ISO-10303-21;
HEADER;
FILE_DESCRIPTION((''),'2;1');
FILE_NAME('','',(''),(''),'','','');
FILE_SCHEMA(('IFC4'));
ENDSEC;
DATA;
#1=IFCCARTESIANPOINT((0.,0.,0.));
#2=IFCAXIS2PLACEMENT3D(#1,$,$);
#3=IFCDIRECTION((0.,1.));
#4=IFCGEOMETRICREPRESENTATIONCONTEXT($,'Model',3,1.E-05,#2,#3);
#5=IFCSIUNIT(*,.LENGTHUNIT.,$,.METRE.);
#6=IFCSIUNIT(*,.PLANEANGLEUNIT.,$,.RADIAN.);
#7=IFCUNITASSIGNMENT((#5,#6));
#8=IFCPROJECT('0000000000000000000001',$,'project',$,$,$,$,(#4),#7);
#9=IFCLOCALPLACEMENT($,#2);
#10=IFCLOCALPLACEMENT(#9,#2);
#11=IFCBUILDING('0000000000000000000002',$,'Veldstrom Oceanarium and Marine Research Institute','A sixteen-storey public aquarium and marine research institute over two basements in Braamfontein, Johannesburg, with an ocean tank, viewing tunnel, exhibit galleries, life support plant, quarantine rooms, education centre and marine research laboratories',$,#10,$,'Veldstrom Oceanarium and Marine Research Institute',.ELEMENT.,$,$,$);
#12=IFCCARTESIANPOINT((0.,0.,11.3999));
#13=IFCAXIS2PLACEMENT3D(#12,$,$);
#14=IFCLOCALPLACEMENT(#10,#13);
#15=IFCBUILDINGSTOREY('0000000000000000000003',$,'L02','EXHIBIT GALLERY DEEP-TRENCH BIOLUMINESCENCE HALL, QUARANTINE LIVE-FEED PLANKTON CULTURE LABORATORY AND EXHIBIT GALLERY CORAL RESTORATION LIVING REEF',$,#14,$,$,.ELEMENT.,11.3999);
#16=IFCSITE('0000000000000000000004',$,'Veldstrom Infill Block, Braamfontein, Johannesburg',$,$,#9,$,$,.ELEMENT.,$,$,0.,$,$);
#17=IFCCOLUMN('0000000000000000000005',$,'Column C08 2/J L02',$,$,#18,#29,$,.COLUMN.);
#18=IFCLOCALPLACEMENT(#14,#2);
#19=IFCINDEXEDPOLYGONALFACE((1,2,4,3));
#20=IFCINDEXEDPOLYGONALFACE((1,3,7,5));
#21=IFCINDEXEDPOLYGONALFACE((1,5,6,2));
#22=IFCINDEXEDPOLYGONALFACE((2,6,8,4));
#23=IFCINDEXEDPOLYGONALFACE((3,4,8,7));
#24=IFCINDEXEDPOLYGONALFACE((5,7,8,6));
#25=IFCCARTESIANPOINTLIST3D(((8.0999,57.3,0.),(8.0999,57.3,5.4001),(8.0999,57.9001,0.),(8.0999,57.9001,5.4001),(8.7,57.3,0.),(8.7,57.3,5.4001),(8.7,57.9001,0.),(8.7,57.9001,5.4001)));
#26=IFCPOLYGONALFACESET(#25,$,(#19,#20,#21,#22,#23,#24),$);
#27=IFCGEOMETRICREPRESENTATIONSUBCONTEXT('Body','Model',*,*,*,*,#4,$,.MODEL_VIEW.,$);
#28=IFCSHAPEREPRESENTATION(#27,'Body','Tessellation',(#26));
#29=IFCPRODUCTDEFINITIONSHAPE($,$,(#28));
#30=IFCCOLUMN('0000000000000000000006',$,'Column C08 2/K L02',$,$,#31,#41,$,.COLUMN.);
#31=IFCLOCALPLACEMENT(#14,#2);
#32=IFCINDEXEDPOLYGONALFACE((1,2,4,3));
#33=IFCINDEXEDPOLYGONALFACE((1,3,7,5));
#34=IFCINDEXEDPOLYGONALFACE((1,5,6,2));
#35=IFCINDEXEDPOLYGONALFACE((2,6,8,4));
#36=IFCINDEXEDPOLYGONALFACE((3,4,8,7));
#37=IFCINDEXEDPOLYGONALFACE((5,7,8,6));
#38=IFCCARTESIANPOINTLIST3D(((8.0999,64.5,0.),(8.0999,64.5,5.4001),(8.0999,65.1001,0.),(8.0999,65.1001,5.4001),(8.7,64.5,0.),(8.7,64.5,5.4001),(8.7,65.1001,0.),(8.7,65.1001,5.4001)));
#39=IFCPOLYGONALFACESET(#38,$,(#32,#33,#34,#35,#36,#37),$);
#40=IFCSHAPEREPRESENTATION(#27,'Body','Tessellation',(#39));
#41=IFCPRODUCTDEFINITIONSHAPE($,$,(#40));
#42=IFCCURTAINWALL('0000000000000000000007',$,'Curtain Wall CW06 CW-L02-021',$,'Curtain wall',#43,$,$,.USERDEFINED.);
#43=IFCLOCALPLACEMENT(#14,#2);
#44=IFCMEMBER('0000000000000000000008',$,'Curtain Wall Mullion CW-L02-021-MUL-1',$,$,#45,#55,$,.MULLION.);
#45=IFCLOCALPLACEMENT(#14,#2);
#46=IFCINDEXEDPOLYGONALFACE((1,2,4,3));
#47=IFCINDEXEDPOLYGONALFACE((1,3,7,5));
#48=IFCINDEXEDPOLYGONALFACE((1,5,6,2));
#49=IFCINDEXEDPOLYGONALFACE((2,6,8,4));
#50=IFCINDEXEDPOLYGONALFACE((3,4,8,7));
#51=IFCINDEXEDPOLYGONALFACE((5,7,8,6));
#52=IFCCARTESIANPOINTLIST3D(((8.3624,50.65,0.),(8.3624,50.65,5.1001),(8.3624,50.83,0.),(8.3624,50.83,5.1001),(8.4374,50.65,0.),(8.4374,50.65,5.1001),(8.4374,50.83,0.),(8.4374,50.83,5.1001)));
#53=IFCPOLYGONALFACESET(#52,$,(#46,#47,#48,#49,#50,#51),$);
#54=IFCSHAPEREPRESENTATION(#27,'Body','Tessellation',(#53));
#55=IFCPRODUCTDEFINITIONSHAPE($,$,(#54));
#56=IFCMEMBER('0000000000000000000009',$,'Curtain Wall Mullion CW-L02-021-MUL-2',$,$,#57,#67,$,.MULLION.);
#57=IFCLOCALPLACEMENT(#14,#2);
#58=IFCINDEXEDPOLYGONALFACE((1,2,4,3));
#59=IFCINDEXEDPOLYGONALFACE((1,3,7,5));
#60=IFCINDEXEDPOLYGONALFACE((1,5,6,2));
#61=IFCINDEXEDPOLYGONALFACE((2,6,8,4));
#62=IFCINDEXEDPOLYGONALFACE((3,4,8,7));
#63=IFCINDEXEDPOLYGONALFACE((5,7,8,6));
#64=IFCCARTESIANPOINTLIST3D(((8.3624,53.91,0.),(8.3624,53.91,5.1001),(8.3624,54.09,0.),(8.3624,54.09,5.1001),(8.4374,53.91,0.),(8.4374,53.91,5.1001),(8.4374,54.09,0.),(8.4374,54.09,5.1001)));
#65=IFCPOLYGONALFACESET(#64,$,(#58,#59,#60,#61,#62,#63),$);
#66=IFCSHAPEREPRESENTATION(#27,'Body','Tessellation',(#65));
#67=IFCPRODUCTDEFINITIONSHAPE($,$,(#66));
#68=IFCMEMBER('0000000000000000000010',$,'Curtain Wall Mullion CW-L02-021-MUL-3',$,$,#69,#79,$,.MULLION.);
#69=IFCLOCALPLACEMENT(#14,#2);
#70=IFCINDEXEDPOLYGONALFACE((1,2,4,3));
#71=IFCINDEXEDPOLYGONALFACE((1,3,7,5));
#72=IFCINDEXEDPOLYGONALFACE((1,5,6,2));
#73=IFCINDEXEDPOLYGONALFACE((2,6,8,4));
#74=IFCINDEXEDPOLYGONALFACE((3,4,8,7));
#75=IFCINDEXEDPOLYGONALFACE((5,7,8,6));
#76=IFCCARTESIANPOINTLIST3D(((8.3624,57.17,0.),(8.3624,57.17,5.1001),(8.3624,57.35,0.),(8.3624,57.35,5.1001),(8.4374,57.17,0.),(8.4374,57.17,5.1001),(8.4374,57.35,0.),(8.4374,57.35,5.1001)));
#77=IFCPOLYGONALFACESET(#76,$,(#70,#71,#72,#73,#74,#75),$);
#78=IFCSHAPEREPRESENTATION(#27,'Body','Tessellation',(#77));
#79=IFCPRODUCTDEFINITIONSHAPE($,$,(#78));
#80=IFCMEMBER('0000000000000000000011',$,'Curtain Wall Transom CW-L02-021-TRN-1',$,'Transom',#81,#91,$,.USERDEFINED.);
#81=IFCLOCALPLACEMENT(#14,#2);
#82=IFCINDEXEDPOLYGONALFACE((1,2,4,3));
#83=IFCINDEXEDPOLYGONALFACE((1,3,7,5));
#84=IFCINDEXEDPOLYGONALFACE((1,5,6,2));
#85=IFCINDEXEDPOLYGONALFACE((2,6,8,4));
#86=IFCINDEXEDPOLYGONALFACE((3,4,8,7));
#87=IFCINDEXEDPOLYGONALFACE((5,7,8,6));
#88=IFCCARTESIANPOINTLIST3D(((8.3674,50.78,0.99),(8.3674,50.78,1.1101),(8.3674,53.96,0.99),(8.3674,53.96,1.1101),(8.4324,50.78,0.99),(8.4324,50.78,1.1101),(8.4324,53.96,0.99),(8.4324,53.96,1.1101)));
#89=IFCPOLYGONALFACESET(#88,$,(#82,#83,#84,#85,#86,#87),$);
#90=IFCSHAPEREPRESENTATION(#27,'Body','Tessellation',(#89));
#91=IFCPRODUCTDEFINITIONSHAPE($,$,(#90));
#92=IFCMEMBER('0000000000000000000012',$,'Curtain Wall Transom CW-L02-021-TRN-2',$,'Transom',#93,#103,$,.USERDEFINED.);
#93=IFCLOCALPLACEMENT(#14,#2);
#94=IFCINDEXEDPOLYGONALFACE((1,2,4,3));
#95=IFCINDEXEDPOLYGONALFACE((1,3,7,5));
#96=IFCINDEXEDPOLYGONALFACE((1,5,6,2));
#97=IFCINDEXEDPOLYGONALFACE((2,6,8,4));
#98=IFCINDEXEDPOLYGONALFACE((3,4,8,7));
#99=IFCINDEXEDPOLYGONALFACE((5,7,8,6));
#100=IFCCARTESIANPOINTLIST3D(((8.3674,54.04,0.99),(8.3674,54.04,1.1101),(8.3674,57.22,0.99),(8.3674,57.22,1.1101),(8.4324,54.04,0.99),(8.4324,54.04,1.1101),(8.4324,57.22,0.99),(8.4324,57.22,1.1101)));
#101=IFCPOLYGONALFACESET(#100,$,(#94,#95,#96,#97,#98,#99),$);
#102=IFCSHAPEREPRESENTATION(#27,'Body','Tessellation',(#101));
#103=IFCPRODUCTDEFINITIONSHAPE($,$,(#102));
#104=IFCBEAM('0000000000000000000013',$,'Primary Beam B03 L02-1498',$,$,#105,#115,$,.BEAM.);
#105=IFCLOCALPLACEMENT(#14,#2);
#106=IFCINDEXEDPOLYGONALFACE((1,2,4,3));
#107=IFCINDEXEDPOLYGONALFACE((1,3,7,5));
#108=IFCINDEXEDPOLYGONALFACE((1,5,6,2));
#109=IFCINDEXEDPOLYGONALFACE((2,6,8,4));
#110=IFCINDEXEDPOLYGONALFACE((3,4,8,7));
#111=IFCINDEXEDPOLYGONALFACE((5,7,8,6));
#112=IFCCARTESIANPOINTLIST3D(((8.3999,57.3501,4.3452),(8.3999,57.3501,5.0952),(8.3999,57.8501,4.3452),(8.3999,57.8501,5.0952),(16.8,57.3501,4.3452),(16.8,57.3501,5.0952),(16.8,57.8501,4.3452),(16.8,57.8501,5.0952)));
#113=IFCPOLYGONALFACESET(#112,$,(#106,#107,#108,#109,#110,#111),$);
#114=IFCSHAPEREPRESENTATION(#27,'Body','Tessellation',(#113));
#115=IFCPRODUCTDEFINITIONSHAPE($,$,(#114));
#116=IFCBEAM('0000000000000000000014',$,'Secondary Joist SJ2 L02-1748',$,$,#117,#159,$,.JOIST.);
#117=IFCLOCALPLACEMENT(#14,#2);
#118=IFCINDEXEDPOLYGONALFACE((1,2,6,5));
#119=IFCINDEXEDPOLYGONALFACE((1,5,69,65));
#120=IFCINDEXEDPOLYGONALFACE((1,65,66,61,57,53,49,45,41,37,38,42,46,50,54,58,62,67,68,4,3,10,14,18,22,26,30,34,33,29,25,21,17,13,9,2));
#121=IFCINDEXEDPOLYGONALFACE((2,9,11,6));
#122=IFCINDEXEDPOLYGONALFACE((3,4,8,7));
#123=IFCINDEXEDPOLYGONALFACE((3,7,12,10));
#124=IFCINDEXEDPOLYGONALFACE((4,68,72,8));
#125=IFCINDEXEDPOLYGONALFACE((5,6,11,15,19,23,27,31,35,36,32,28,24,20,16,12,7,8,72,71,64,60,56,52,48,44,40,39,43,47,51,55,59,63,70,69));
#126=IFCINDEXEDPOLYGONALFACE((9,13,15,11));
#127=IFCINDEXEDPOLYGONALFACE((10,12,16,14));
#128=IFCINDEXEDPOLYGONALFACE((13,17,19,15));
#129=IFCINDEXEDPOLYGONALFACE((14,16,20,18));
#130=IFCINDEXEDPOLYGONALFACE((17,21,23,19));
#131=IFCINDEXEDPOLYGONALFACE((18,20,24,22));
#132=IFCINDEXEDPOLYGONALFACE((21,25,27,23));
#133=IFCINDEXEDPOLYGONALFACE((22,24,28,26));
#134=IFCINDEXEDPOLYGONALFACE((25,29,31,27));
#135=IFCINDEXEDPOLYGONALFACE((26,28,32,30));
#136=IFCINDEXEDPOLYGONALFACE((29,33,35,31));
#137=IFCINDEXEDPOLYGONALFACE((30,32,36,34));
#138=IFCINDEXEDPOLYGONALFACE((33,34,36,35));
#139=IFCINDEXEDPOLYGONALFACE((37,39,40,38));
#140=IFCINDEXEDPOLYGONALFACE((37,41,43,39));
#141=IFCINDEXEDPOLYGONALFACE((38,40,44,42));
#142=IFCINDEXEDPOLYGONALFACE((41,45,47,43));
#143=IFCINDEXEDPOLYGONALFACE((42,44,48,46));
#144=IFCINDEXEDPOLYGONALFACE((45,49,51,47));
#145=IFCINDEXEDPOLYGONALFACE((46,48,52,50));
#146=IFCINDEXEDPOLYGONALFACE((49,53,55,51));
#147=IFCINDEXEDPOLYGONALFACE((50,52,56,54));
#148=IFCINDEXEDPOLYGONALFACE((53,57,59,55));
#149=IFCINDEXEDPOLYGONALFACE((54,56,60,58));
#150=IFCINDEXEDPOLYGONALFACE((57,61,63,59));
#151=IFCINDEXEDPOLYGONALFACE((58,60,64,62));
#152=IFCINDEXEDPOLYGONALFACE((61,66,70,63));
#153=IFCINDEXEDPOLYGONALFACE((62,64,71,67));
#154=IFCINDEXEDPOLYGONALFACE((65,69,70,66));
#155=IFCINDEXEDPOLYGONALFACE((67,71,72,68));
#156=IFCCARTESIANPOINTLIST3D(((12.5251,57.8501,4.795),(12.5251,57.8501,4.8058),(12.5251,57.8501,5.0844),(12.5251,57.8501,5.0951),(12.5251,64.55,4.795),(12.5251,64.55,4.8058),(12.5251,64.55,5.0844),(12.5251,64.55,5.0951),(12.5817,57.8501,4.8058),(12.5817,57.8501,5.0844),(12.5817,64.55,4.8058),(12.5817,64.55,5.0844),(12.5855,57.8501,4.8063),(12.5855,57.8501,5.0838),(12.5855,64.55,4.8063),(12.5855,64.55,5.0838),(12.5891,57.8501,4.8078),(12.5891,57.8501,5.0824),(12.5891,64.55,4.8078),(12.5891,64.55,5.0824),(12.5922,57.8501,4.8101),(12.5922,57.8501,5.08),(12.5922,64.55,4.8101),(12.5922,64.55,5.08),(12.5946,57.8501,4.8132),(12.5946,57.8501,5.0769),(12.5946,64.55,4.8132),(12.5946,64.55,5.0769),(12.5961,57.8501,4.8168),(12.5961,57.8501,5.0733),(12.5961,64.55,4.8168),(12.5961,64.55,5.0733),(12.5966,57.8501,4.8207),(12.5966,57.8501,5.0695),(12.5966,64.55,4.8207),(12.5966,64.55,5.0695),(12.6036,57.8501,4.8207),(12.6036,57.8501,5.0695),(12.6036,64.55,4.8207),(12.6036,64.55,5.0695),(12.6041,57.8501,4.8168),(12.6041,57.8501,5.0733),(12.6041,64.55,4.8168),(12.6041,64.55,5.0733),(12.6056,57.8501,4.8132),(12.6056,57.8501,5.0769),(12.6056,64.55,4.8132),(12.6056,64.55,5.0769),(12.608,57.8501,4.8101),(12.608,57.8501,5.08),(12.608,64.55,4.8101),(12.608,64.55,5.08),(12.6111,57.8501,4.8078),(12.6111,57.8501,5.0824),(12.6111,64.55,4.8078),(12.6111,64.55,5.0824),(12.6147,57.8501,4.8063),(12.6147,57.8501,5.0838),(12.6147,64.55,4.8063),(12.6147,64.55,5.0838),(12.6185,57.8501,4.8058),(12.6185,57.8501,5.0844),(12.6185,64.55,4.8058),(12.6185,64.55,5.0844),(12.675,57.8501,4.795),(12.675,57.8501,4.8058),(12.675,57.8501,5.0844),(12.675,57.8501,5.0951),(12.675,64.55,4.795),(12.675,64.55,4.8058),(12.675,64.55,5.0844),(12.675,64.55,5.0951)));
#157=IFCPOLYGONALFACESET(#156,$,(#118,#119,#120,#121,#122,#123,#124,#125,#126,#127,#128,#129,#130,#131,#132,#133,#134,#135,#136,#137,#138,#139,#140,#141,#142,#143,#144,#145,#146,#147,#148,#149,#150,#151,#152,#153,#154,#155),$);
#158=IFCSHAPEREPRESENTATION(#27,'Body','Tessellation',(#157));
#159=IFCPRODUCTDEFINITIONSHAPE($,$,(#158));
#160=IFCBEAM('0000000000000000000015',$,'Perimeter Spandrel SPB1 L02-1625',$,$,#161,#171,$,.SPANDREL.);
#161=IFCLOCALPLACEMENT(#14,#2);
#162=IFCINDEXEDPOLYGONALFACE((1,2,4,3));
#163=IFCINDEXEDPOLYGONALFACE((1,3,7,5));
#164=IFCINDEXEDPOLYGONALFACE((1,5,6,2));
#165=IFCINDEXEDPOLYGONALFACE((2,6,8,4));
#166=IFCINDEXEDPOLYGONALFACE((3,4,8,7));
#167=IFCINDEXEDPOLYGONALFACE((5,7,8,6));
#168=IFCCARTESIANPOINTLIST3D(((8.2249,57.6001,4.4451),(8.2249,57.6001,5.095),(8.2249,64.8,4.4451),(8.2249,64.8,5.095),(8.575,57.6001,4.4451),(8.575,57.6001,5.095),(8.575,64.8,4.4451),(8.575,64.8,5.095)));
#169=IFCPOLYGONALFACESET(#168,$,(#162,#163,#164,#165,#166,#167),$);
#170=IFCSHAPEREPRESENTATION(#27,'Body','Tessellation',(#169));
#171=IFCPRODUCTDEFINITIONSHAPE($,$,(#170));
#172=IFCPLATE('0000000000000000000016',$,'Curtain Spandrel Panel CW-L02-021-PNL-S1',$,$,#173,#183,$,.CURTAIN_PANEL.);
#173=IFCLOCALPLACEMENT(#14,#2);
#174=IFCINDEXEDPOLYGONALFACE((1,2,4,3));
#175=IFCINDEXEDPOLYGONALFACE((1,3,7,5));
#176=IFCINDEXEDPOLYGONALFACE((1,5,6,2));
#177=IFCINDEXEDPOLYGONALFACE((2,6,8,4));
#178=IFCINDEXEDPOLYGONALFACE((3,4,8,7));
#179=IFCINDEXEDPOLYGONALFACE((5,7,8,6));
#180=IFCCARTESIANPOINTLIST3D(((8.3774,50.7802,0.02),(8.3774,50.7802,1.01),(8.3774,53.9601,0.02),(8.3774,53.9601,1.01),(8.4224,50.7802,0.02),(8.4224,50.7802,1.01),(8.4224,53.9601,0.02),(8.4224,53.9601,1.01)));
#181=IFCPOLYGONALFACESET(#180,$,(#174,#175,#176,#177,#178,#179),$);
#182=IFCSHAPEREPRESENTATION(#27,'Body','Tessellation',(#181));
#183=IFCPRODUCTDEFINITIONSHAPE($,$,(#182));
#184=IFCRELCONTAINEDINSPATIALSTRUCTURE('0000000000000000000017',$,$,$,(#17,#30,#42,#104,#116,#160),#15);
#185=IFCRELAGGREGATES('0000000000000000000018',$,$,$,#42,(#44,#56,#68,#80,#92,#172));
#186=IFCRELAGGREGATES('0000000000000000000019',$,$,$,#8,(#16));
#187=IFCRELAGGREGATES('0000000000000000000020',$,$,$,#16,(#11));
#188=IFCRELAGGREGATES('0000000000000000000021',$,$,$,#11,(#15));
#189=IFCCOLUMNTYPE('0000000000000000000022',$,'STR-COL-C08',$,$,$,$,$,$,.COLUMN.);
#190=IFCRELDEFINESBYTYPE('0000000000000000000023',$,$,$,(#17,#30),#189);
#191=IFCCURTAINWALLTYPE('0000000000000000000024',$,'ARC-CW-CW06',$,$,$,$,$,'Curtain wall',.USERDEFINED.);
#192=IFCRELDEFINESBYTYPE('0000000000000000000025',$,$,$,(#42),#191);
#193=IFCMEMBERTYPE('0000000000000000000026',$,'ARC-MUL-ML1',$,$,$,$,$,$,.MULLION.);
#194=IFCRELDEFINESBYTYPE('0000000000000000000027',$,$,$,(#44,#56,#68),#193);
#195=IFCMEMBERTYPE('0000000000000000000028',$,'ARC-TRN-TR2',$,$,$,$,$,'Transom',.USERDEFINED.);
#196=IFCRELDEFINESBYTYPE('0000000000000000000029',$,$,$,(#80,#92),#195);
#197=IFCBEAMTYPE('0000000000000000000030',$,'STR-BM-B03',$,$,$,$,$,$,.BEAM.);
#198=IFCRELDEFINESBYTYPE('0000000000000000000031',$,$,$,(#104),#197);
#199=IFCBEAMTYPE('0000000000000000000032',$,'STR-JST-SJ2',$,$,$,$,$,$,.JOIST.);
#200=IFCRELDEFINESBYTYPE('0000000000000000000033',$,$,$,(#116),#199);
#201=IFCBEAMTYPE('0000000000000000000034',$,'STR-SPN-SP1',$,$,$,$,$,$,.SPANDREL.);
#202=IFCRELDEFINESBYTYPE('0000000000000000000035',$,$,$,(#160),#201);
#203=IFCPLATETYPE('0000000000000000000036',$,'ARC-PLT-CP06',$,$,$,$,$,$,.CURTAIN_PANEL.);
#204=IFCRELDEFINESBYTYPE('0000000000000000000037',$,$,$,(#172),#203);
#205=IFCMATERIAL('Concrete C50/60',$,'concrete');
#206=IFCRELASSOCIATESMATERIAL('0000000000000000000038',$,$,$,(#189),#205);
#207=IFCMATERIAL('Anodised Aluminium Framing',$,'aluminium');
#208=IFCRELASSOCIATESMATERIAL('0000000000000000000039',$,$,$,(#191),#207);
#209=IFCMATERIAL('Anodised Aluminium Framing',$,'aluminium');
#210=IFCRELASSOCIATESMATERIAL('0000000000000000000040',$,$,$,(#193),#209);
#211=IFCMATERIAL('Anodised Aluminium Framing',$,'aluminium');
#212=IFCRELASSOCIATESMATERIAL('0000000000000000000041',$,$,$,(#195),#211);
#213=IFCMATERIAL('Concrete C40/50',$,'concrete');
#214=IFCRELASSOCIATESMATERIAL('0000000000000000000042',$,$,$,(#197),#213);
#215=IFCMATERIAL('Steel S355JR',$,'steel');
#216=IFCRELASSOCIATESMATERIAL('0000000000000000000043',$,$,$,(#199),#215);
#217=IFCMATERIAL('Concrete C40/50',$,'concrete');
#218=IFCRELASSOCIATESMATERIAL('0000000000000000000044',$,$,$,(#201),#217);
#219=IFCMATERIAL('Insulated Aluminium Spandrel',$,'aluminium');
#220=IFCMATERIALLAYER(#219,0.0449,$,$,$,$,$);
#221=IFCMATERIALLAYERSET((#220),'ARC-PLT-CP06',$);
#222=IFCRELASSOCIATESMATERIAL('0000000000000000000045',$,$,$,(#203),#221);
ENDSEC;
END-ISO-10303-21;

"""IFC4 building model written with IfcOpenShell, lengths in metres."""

from ifc_helpers import new_model, si_unit, direction, frame, origin, origin_2d, place, context, subcontext, project, spatial, rectangle, i_section, extrude, material, layer, layer_set, material_profile, profile_set, type_object, element, aggregate, save


model = new_model("IFC4")

# Units and contexts
model_context = context("Model", 3, precision=1e-05, world=origin(), true_north=direction((0.0, 1.0)))
body_context = subcontext(model_context, "Body", "Model", "MODEL_VIEW")
ifc_project = project(units=[si_unit("LENGTHUNIT", "METRE"), si_unit("PLANEANGLEUNIT", "RADIAN")], contexts=[model_context])

# Site, building, storey
site_placement = place(None, origin())
site = spatial("IfcSite", under=ifc_project, at=site_placement, Name="Veldstrom Infill Block, Braamfontein, Johannesburg", CompositionType="ELEMENT", RefElevation=0.0)
building_placement = place(site_placement, origin())
building = spatial("IfcBuilding", under=site, at=building_placement, Name="Veldstrom Oceanarium and Marine Research Institute", Description="A sixteen-storey public aquarium and marine research institute over two basements in Braamfontein, Johannesburg, with an ocean tank, viewing tunnel, exhibit galleries, life support plant, quarantine rooms, education centre and marine research laboratories", LongName="Veldstrom Oceanarium and Marine Research Institute", CompositionType="ELEMENT")
storey_placement = place(building_placement, frame((0.0, 0.0, 11.3999)))
storey = spatial("IfcBuildingStorey", under=building, at=storey_placement, Name="L02", Description="EXHIBIT GALLERY DEEP-TRENCH BIOLUMINESCENCE HALL, QUARANTINE LIVE-FEED PLANKTON CULTURE LABORATORY AND EXHIBIT GALLERY CORAL RESTORATION LIVING REEF", CompositionType="ELEMENT", Elevation=11.3999)

# Columns
ifc_material_1 = material(Name="Concrete C50/60", Category="concrete")
ifc_material_profile_1 = material_profile(ifc_material_1, rectangle(XDim=0.6001, YDim=0.6001, at=origin_2d()), Name="RC-COL-600x600")
ifc_profile_set_1 = profile_set([ifc_material_profile_1], Name="Concrete C50/60")
column_type = type_object("IfcColumnType", Name="STR-COL-C08", PredefinedType="COLUMN", material=ifc_profile_set_1)
for number, where, z_axis, x_axis, name in (
    (1, (8.3999, 57.6001, 0.0), (0.0, 0.0, 1.0), (1.0, 0.0, 0.0), "Column C08 2/J L02"),
    (2, (8.3999, 64.8, 0.0), (0.0, 0.0, 1.0), (1.0, 0.0, 0.0), "Column C08 2/K L02"),
):
    element("IfcColumn", number, at=place(storey_placement, frame(where, z_axis=z_axis, x_axis=x_axis)), inside=storey, type_object=column_type, Name=name, PredefinedType="COLUMN", context=body_context, shape_type="SweptSolid", body=[
        extrude(rectangle(XDim=0.6001, YDim=0.6001, at=origin_2d()), origin(), (0.0, 0.0, 1.0), 5.4001),
    ])

# Curtain wall, members
ifc_material_2 = material(Name="Anodised Aluminium Framing", Category="aluminium")
curtain_wall_type = type_object("IfcCurtainWallType", Name="ARC-CW-CW06", ElementType="Curtain wall", PredefinedType="USERDEFINED", material=ifc_material_2)
curtain_wall_placement = place(storey_placement, origin())
curtain_wall = element("IfcCurtainWall", 3, at=curtain_wall_placement, inside=storey, type_object=curtain_wall_type, Name="Curtain Wall CW06 CW-L02-021", ObjectType="Curtain wall", PredefinedType="USERDEFINED")
ifc_material_3 = material(Name="Anodised Aluminium Framing", Category="aluminium")
ifc_material_profile_2 = material_profile(ifc_material_3, rectangle(XDim=0.075, YDim=0.1799, at=origin_2d()), Name="ALU-MUL-75x180")
ifc_profile_set_2 = profile_set([ifc_material_profile_2], Name="Anodised Aluminium Framing")
member_type_1 = type_object("IfcMemberType", Name="ARC-MUL-ML1", PredefinedType="MULLION", material=ifc_profile_set_2)
member_1_placement = place(storey_placement, frame((8.3999, 50.74, 0.0), z_axis=(0.0, 0.0, 1.0), x_axis=(1.0, 0.0, 0.0)))
member_1 = element("IfcMember", 4, at=member_1_placement, type_object=member_type_1, Name="Curtain Wall Mullion CW-L02-021-MUL-1", PredefinedType="MULLION", context=body_context, shape_type="SweptSolid", body=[
    extrude(rectangle(XDim=0.075, YDim=0.1799, at=origin_2d()), origin(), (0.0, 0.0, 1.0), 5.1001),
])
member_2_placement = place(storey_placement, frame((8.3999, 54.0, 0.0), z_axis=(0.0, 0.0, 1.0), x_axis=(1.0, 0.0, 0.0)))
member_2 = element("IfcMember", 5, at=member_2_placement, type_object=member_type_1, Name="Curtain Wall Mullion CW-L02-021-MUL-2", PredefinedType="MULLION", context=body_context, shape_type="SweptSolid", body=[
    extrude(rectangle(XDim=0.075, YDim=0.1799, at=origin_2d()), origin(), (0.0, 0.0, 1.0), 5.1001),
])
member_3_placement = place(storey_placement, frame((8.3999, 57.26, 0.0), z_axis=(0.0, 0.0, 1.0), x_axis=(1.0, 0.0, 0.0)))
member_3 = element("IfcMember", 6, at=member_3_placement, type_object=member_type_1, Name="Curtain Wall Mullion CW-L02-021-MUL-3", PredefinedType="MULLION", context=body_context, shape_type="SweptSolid", body=[
    extrude(rectangle(XDim=0.075, YDim=0.1799, at=origin_2d()), origin(), (0.0, 0.0, 1.0), 5.1001),
])
ifc_material_4 = material(Name="Anodised Aluminium Framing", Category="aluminium")
ifc_material_profile_3 = material_profile(ifc_material_4, rectangle(XDim=0.0649, YDim=0.1201, at=origin_2d()), Name="ALU-TRN-65x120")
ifc_profile_set_3 = profile_set([ifc_material_profile_3], Name="Anodised Aluminium Framing")
member_type_2 = type_object("IfcMemberType", Name="ARC-TRN-TR2", ElementType="Transom", PredefinedType="USERDEFINED", material=ifc_profile_set_3)
member_4_placement = place(storey_placement, frame((8.3999, 50.78, 1.05), z_axis=(0.0, 1.0, 0.0), x_axis=(-1.0, 0.0, 0.0)))
member_4 = element("IfcMember", 7, at=member_4_placement, type_object=member_type_2, Name="Curtain Wall Transom CW-L02-021-TRN-1", ObjectType="Transom", PredefinedType="USERDEFINED", context=body_context, shape_type="SweptSolid", body=[
    extrude(rectangle(XDim=0.0649, YDim=0.1201, at=origin_2d()), origin(), (0.0, 0.0, 1.0), 3.1799),
])
member_5_placement = place(storey_placement, frame((8.3999, 54.04, 1.05), z_axis=(0.0, 1.0, 0.0), x_axis=(-1.0, 0.0, 0.0)))
member_5 = element("IfcMember", 8, at=member_5_placement, type_object=member_type_2, Name="Curtain Wall Transom CW-L02-021-TRN-2", ObjectType="Transom", PredefinedType="USERDEFINED", context=body_context, shape_type="SweptSolid", body=[
    extrude(rectangle(XDim=0.0649, YDim=0.1201, at=origin_2d()), origin(), (0.0, 0.0, 1.0), 3.1799),
])

# Beams
ifc_material_5 = material(Name="Concrete C40/50", Category="concrete")
ifc_material_profile_4 = material_profile(ifc_material_5, rectangle(XDim=0.5, YDim=0.75, at=origin_2d()), Name="RC-BM-500x750")
ifc_profile_set_4 = profile_set([ifc_material_profile_4], Name="Concrete C40/50")
beam_type_1 = type_object("IfcBeamType", Name="STR-BM-B03", PredefinedType="BEAM", material=ifc_profile_set_4)
beam_1_placement = place(storey_placement, frame((8.3999, 57.6001, 4.7202), z_axis=(1.0, 0.0, 0.0), x_axis=(0.0, 1.0, 0.0)))
element("IfcBeam", 9, at=beam_1_placement, inside=storey, type_object=beam_type_1, Name="Primary Beam B03 L02-1498", PredefinedType="BEAM", context=body_context, shape_type="SweptSolid", body=[
    extrude(rectangle(XDim=0.5, YDim=0.75, at=origin_2d()), origin(), (0.0, 0.0, 1.0), 8.4001),
])
ifc_material_6 = material(Name="Steel S355JR", Category="steel")
ifc_material_profile_5 = material_profile(ifc_material_6, i_section(OverallWidth=0.1499, OverallDepth=0.3, WebThickness=0.0071, FlangeThickness=0.0107, FilletRadius=0.0149, at=origin_2d()), Name="IPE 300")
ifc_profile_set_5 = profile_set([ifc_material_profile_5], Name="Steel S355JR")
beam_type_2 = type_object("IfcBeamType", Name="STR-JST-SJ2", PredefinedType="JOIST", material=ifc_profile_set_5)
beam_2_placement = place(storey_placement, frame((12.6001, 57.8501, 4.9451), z_axis=(0.0, 1.0, 0.0), x_axis=(-1.0, 0.0, 0.0)))
element("IfcBeam", 10, at=beam_2_placement, inside=storey, type_object=beam_type_2, Name="Secondary Joist SJ2 L02-1748", PredefinedType="JOIST", context=body_context, shape_type="SweptSolid", body=[
    extrude(i_section(OverallWidth=0.1499, OverallDepth=0.3, WebThickness=0.0071, FlangeThickness=0.0107, FilletRadius=0.0149, at=origin_2d()), origin(), (0.0, 0.0, 1.0), 6.7),
])
ifc_material_7 = material(Name="Concrete C40/50", Category="concrete")
ifc_material_profile_6 = material_profile(ifc_material_7, rectangle(XDim=0.3501, YDim=0.6499, at=origin_2d()), Name="RC-SPN-350x650")
ifc_profile_set_6 = profile_set([ifc_material_profile_6], Name="Concrete C40/50")
beam_type_3 = type_object("IfcBeamType", Name="STR-SPN-SP1", PredefinedType="SPANDREL", material=ifc_profile_set_6)
beam_3_placement = place(storey_placement, frame((8.3999, 57.6001, 4.77), z_axis=(0.0, 1.0, 0.0), x_axis=(-1.0, 0.0, 0.0)))
element("IfcBeam", 11, at=beam_3_placement, inside=storey, type_object=beam_type_3, Name="Perimeter Spandrel SPB1 L02-1625", PredefinedType="SPANDREL", context=body_context, shape_type="SweptSolid", body=[
    extrude(rectangle(XDim=0.3501, YDim=0.6499, at=origin_2d()), origin(), (0.0, 0.0, 1.0), 7.2),
])

# Plate
ifc_material_8 = material(Name="Insulated Aluminium Spandrel", Category="aluminium")
ifc_layer_1 = layer(ifc_material_8, 0.0449)
ifc_layer_set_1 = layer_set([ifc_layer_1], Name="ARC-PLT-CP06")
plate_type_1 = type_object("IfcPlateType", Name="ARC-PLT-CP06", PredefinedType="CURTAIN_PANEL", material=ifc_layer_set_1)
plate_1_placement = place(storey_placement, frame((8.3999, 52.3701, 0.02), z_axis=(0.0, 0.0, 1.0), x_axis=(0.0, 1.0, 0.0)))
plate_1 = element("IfcPlate", 12, at=plate_1_placement, type_object=plate_type_1, Name="Curtain Spandrel Panel CW-L02-021-PNL-S1", PredefinedType="CURTAIN_PANEL", context=body_context, shape_type="SweptSolid", body=[
    extrude(rectangle(XDim=3.1799, YDim=0.0449, at=origin_2d()), origin(), (0.0, 0.0, 1.0), 0.99),
])
aggregate(curtain_wall, [member_1, member_2, member_3, member_4, member_5, plate_1])

save(model, "model.ifc")
